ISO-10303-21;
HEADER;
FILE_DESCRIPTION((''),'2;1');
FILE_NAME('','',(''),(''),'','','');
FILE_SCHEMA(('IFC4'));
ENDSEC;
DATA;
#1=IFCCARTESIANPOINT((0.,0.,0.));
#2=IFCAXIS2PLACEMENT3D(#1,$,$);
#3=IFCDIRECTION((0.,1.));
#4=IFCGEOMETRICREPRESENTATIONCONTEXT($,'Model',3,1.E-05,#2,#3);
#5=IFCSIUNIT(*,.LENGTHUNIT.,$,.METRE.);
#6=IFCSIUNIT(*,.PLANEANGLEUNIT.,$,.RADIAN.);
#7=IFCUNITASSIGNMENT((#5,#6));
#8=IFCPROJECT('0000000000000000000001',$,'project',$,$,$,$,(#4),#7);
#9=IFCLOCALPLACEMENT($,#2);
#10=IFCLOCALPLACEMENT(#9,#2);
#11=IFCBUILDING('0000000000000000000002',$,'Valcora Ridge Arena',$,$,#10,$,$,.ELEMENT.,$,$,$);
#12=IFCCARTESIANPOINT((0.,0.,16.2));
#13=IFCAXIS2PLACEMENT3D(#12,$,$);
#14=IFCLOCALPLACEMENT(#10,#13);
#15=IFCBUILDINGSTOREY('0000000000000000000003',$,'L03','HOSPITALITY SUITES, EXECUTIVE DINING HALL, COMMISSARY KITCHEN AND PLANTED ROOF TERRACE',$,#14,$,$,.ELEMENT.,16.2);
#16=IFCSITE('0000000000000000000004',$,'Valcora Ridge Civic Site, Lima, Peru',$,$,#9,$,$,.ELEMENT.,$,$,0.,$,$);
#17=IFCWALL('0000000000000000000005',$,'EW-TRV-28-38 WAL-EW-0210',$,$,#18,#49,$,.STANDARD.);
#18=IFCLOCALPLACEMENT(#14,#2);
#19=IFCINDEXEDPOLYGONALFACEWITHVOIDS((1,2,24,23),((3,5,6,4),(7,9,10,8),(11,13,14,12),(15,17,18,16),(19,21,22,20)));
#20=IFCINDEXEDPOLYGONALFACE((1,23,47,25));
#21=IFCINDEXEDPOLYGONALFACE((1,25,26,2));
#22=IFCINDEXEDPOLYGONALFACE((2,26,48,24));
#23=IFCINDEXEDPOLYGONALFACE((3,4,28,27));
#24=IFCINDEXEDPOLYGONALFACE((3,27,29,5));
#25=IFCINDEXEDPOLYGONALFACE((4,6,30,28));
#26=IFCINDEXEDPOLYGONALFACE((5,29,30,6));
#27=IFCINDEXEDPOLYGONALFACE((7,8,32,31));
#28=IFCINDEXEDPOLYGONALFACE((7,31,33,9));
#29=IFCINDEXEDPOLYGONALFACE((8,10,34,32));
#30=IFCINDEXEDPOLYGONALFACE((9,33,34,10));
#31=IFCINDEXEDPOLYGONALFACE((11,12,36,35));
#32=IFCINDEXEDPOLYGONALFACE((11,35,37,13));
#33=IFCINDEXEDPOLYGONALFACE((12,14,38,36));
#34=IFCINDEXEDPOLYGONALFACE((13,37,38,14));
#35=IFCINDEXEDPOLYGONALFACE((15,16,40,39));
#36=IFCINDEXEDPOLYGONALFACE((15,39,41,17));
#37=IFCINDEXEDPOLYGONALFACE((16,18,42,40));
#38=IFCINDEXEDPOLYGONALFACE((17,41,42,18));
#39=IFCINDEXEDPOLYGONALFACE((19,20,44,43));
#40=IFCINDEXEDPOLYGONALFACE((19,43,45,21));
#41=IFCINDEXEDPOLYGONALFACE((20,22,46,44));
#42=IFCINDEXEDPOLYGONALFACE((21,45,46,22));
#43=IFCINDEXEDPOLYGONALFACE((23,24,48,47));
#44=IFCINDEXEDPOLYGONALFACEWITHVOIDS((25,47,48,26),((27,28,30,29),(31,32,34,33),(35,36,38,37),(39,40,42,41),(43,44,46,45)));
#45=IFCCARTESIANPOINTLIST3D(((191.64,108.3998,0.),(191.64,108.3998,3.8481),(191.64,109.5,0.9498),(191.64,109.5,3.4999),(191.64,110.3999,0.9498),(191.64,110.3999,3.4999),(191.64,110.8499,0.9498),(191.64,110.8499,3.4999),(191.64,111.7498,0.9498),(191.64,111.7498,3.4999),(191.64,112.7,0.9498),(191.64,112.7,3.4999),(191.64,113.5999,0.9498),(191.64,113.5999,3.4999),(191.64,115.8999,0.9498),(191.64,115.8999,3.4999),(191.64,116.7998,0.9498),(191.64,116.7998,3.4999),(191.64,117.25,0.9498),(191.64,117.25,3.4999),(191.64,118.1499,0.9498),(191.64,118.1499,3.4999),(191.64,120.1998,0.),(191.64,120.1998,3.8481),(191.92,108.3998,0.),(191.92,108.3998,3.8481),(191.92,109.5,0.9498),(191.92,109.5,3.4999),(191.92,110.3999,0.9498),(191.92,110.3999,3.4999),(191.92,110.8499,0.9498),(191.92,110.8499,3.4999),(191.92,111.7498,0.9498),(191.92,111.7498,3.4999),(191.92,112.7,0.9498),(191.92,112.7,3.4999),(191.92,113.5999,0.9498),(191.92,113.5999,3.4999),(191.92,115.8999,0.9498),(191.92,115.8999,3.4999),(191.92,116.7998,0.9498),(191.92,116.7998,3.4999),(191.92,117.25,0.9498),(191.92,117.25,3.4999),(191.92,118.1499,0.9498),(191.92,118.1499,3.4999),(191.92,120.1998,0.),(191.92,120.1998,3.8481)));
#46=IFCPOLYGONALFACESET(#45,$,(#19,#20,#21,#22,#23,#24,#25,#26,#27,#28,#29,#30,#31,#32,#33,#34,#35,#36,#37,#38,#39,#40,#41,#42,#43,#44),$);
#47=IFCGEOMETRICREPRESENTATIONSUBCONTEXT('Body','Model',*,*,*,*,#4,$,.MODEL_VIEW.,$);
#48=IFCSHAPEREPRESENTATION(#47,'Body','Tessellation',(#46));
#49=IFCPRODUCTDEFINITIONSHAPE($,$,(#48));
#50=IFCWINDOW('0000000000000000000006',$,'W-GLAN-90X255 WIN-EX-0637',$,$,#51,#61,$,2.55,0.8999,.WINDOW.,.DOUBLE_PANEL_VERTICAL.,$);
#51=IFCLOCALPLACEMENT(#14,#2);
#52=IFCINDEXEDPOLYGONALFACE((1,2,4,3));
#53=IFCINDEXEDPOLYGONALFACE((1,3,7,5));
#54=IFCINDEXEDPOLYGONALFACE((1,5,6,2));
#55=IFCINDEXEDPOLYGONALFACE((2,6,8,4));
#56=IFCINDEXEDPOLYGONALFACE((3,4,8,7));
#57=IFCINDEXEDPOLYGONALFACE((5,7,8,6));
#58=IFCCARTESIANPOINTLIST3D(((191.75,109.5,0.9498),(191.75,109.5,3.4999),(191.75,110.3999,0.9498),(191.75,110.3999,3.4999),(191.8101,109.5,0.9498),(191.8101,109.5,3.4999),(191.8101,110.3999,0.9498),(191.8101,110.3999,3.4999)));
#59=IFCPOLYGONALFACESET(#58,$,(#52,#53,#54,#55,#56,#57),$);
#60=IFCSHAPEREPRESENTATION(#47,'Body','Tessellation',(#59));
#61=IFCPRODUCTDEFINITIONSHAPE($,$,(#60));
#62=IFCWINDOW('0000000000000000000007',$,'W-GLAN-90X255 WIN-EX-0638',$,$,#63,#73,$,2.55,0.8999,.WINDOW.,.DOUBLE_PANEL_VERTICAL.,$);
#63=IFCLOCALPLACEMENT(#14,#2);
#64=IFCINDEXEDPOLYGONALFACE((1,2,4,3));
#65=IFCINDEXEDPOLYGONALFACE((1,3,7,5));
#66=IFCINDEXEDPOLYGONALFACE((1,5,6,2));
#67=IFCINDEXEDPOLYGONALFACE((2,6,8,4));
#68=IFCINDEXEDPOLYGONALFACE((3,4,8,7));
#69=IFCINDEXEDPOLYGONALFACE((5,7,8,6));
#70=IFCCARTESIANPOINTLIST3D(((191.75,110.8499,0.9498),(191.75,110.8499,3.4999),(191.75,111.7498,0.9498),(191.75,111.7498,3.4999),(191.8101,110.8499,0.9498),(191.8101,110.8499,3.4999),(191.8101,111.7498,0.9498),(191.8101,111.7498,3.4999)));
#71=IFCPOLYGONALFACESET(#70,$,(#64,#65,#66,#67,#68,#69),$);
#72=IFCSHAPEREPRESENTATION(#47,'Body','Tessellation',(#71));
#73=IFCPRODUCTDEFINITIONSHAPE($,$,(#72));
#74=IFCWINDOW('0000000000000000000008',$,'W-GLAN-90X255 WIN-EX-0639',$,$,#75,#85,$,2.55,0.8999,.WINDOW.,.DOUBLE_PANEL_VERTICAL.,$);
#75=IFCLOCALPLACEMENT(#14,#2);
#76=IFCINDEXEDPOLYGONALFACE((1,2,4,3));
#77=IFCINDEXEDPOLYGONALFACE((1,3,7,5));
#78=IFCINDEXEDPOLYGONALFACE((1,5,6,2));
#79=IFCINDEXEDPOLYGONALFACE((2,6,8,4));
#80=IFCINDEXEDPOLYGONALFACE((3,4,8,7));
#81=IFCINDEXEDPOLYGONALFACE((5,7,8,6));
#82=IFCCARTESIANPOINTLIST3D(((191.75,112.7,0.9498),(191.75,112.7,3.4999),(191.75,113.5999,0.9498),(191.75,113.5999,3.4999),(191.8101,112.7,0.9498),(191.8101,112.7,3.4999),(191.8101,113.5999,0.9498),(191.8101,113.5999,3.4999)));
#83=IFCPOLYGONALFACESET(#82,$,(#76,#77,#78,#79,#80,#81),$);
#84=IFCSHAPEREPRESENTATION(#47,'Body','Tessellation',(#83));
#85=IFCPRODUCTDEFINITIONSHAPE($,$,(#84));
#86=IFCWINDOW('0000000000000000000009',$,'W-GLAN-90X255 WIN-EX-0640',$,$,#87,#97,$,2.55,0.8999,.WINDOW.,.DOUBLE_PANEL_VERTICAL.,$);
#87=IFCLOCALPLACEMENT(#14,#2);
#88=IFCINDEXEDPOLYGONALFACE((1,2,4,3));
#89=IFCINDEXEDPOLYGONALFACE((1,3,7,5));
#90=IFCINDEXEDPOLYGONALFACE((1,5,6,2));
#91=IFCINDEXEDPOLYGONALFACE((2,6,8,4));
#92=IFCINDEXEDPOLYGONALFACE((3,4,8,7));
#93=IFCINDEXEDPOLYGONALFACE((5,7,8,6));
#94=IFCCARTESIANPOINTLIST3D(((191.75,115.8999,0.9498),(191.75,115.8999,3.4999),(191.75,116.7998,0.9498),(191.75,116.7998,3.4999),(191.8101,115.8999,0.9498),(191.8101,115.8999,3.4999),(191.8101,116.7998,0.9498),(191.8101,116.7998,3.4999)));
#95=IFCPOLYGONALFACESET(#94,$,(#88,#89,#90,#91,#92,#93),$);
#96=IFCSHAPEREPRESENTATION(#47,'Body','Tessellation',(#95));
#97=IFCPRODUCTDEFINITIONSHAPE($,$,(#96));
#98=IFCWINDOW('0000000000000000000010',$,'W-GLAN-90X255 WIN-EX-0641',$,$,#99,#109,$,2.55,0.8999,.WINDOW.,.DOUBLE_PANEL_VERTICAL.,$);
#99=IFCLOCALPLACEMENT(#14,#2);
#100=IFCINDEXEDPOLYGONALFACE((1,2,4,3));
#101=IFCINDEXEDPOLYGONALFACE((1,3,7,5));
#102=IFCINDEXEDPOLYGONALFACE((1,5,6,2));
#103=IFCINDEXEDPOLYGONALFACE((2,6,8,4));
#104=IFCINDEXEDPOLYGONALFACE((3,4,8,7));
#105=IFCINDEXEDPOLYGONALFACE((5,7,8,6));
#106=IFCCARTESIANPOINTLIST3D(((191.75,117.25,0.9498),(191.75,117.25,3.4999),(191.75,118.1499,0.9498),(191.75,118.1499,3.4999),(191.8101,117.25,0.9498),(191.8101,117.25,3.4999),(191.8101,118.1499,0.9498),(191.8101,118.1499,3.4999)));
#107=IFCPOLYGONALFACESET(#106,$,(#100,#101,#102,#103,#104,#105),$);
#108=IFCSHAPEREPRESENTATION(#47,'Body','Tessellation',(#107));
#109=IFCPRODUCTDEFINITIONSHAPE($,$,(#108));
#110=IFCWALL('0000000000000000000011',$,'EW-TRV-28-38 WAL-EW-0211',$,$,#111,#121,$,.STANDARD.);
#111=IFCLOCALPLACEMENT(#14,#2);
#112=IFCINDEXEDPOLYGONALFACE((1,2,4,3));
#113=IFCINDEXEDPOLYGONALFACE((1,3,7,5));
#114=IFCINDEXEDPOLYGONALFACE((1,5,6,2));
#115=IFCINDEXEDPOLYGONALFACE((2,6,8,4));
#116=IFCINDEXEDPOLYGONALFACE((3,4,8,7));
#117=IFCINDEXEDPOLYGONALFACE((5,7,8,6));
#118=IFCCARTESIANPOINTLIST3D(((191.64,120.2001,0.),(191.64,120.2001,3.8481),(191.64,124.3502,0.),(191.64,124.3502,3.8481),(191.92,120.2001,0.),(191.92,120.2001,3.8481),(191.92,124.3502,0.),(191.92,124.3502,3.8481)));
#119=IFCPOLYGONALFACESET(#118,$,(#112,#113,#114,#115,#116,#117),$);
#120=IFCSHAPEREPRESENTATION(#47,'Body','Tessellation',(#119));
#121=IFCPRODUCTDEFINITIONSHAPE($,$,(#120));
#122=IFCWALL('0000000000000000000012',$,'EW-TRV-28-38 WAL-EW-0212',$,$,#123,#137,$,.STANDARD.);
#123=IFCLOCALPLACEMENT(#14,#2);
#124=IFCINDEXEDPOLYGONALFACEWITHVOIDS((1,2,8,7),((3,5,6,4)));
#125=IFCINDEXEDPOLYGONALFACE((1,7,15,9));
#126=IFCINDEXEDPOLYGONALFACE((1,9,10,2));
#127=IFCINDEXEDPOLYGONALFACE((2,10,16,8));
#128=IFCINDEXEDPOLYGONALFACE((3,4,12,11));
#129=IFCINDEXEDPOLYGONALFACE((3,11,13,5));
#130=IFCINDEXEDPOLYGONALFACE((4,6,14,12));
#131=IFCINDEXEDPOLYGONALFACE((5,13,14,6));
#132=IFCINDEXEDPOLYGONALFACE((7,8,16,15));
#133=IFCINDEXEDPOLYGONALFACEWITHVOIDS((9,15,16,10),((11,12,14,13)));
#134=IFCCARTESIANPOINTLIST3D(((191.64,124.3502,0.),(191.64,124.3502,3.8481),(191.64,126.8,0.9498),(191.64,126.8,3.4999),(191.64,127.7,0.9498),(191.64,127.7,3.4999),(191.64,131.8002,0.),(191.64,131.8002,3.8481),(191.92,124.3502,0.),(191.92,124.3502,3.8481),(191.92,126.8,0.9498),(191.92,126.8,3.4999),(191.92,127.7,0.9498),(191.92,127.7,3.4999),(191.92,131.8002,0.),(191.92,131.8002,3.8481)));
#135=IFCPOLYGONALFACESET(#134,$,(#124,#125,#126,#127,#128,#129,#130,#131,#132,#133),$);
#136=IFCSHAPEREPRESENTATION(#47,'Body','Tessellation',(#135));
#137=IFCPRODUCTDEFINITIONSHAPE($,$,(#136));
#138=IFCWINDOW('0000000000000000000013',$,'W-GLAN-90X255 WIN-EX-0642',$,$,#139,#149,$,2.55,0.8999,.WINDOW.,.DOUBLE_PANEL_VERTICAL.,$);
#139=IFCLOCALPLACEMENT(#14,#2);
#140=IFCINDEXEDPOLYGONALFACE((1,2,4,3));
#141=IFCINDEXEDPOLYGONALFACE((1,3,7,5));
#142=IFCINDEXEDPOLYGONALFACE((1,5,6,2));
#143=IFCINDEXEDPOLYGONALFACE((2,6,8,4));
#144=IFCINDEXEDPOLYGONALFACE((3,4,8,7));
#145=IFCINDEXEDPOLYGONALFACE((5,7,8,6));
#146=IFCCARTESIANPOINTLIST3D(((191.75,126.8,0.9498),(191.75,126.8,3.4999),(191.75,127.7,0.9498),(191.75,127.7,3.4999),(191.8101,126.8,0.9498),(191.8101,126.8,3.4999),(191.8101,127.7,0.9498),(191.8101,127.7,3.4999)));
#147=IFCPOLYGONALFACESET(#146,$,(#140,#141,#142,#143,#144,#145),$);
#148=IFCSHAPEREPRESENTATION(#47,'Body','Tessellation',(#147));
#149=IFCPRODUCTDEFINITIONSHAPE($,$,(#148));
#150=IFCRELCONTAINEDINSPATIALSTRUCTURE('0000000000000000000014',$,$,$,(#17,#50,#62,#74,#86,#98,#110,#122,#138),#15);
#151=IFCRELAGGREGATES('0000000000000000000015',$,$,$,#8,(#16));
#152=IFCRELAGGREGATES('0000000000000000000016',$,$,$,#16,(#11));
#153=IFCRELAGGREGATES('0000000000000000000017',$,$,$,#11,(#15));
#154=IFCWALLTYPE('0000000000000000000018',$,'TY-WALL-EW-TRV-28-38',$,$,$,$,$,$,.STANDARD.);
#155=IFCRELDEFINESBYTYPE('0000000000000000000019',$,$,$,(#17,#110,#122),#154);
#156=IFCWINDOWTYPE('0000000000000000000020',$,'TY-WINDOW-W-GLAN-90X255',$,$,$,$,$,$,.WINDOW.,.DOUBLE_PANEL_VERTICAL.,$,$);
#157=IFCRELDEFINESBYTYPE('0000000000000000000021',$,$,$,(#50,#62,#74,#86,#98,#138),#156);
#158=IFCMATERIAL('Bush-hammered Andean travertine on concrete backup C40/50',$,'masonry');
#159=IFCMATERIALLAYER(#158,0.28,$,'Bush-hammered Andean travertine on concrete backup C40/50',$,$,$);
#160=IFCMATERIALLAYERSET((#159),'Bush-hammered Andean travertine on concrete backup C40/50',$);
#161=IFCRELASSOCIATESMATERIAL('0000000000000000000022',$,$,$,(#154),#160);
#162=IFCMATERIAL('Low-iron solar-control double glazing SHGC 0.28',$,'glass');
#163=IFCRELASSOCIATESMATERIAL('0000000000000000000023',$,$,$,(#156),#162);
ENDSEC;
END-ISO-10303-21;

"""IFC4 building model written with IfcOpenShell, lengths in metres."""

from ifc_helpers import new_model, si_unit, direction, frame, frame_2d, origin, place, context, subcontext, project, spatial, rectangle, extrude, material, layer, layer_set, type_object, element, fill, save


model = new_model("IFC4")

# Units and contexts
model_context = context("Model", 3, precision=1e-05, world=origin(), true_north=direction((0.0, 1.0)))
body_context = subcontext(model_context, "Body", "Model", "MODEL_VIEW")
ifc_project = project(units=[si_unit("LENGTHUNIT", "METRE"), si_unit("PLANEANGLEUNIT", "RADIAN")], contexts=[model_context])

# Site, building, storey
site_placement = place(None, origin())
site = spatial("IfcSite", under=ifc_project, at=site_placement, Name="Valcora Ridge Civic Site, Lima, Peru", CompositionType="ELEMENT", RefElevation=0.0)
building_placement = place(site_placement, origin())
building = spatial("IfcBuilding", under=site, at=building_placement, Name="Valcora Ridge Arena", CompositionType="ELEMENT")
storey_placement = place(building_placement, frame((0.0, 0.0, 16.2)))
storey = spatial("IfcBuildingStorey", under=building, at=storey_placement, Name="L03", Description="HOSPITALITY SUITES, EXECUTIVE DINING HALL, COMMISSARY KITCHEN AND PLANTED ROOF TERRACE", CompositionType="ELEMENT", Elevation=16.2)

# Wall, openings, windows
ifc_material_1 = material(Name="Bush-hammered Andean travertine on concrete backup C40/50", Category="masonry")
ifc_layer = layer(ifc_material_1, 0.28, Name="Bush-hammered Andean travertine on concrete backup C40/50")
ifc_layer_set = layer_set([ifc_layer], Name="Bush-hammered Andean travertine on concrete backup C40/50")
wall_type = type_object("IfcWallType", Name="TY-WALL-EW-TRV-28-38", PredefinedType="STANDARD", material=ifc_layer_set)
ifc_material_2 = material(Name="Low-iron solar-control double glazing SHGC 0.28", Category="glass")
window_type = type_object("IfcWindowType", Name="TY-WINDOW-W-GLAN-90X255", PartitioningType="DOUBLE_PANEL_VERTICAL", PredefinedType="WINDOW", material=ifc_material_2)
wall_1_placement = place(storey_placement, frame((191.78, 108.3999, 0.0), z_axis=(0.0, 0.0, 1.0), x_axis=(0.0, 1.0, 0.0)))
wall_1 = element("IfcWall", 1, at=wall_1_placement, inside=storey, type_object=wall_type, Name="EW-TRV-28-38 WAL-EW-0210", PredefinedType="STANDARD", context=body_context, shape_type="SweptSolid", body=[
    extrude(rectangle(XDim=11.8, YDim=0.28, at=frame_2d((5.8999, 0.0))), origin(), (0.0, 0.0, 1.0), 3.8481),
])
opening_1_placement = place(wall_1_placement, frame((1.1001, 0.0, 0.95)))
opening_1 = element("IfcOpeningElement", 2, at=opening_1_placement, cuts=wall_1, PredefinedType="OPENING", context=body_context, shape_type="SweptSolid", body=[
    extrude(rectangle(XDim=0.8999, YDim=2.55, at=frame_2d((0.45, 1.2749))), frame((0.0, 0.1499, 0.0), z_axis=(0.0, -1.0, 0.0), x_axis=(1.0, 0.0, 0.0)), (0.0, 0.0, 1.0), 0.3),
])
opening_2_placement = place(wall_1_placement, frame((2.45, 0.0, 0.95)))
opening_2 = element("IfcOpeningElement", 3, at=opening_2_placement, cuts=wall_1, PredefinedType="OPENING", context=body_context, shape_type="SweptSolid", body=[
    extrude(rectangle(XDim=0.8999, YDim=2.55, at=frame_2d((0.45, 1.2749))), frame((0.0, 0.1499, 0.0), z_axis=(0.0, -1.0, 0.0), x_axis=(1.0, 0.0, 0.0)), (0.0, 0.0, 1.0), 0.3),
])
opening_3_placement = place(wall_1_placement, frame((4.3, 0.0, 0.95)))
opening_3 = element("IfcOpeningElement", 4, at=opening_3_placement, cuts=wall_1, PredefinedType="OPENING", context=body_context, shape_type="SweptSolid", body=[
    extrude(rectangle(XDim=0.8999, YDim=2.55, at=frame_2d((0.45, 1.2749))), frame((0.0, 0.1499, 0.0), z_axis=(0.0, -1.0, 0.0), x_axis=(1.0, 0.0, 0.0)), (0.0, 0.0, 1.0), 0.3),
])
opening_4_placement = place(wall_1_placement, frame((7.5, 0.0, 0.95)))
opening_4 = element("IfcOpeningElement", 5, at=opening_4_placement, cuts=wall_1, PredefinedType="OPENING", context=body_context, shape_type="SweptSolid", body=[
    extrude(rectangle(XDim=0.8999, YDim=2.55, at=frame_2d((0.45, 1.2749))), frame((0.0, 0.1499, 0.0), z_axis=(0.0, -1.0, 0.0), x_axis=(1.0, 0.0, 0.0)), (0.0, 0.0, 1.0), 0.3),
])
opening_5_placement = place(wall_1_placement, frame((8.8501, 0.0, 0.95)))
opening_5 = element("IfcOpeningElement", 6, at=opening_5_placement, cuts=wall_1, PredefinedType="OPENING", context=body_context, shape_type="SweptSolid", body=[
    extrude(rectangle(XDim=0.8999, YDim=2.55, at=frame_2d((0.45, 1.2749))), frame((0.0, 0.1499, 0.0), z_axis=(0.0, -1.0, 0.0), x_axis=(1.0, 0.0, 0.0)), (0.0, 0.0, 1.0), 0.3),
])
window_1_placement = place(opening_1_placement, origin())
window_1 = element("IfcWindow", 7, at=window_1_placement, inside=storey, type_object=window_type, Name="W-GLAN-90X255 WIN-EX-0637", OverallHeight=2.55, OverallWidth=0.8999, PartitioningType="DOUBLE_PANEL_VERTICAL", PredefinedType="WINDOW", context=body_context, shape_type="SweptSolid", body=[
    extrude(rectangle(XDim=0.8999, YDim=2.55, at=frame_2d((0.45, 1.2749))), frame((0.0, 0.03, 0.0), z_axis=(0.0, -1.0, 0.0), x_axis=(1.0, 0.0, 0.0)), (0.0, 0.0, 1.0), 0.0601),
])
fill(opening_1, window_1)
window_2_placement = place(opening_2_placement, origin())
window_2 = element("IfcWindow", 8, at=window_2_placement, inside=storey, type_object=window_type, Name="W-GLAN-90X255 WIN-EX-0638", OverallHeight=2.55, OverallWidth=0.8999, PartitioningType="DOUBLE_PANEL_VERTICAL", PredefinedType="WINDOW", context=body_context, shape_type="SweptSolid", body=[
    extrude(rectangle(XDim=0.8999, YDim=2.55, at=frame_2d((0.45, 1.2749))), frame((0.0, 0.03, 0.0), z_axis=(0.0, -1.0, 0.0), x_axis=(1.0, 0.0, 0.0)), (0.0, 0.0, 1.0), 0.0601),
])
fill(opening_2, window_2)
window_3_placement = place(opening_3_placement, origin())
window_3 = element("IfcWindow", 9, at=window_3_placement, inside=storey, type_object=window_type, Name="W-GLAN-90X255 WIN-EX-0639", OverallHeight=2.55, OverallWidth=0.8999, PartitioningType="DOUBLE_PANEL_VERTICAL", PredefinedType="WINDOW", context=body_context, shape_type="SweptSolid", body=[
    extrude(rectangle(XDim=0.8999, YDim=2.55, at=frame_2d((0.45, 1.2749))), frame((0.0, 0.03, 0.0), z_axis=(0.0, -1.0, 0.0), x_axis=(1.0, 0.0, 0.0)), (0.0, 0.0, 1.0), 0.0601),
])
fill(opening_3, window_3)
window_4_placement = place(opening_4_placement, origin())
window_4 = element("IfcWindow", 10, at=window_4_placement, inside=storey, type_object=window_type, Name="W-GLAN-90X255 WIN-EX-0640", OverallHeight=2.55, OverallWidth=0.8999, PartitioningType="DOUBLE_PANEL_VERTICAL", PredefinedType="WINDOW", context=body_context, shape_type="SweptSolid", body=[
    extrude(rectangle(XDim=0.8999, YDim=2.55, at=frame_2d((0.45, 1.2749))), frame((0.0, 0.03, 0.0), z_axis=(0.0, -1.0, 0.0), x_axis=(1.0, 0.0, 0.0)), (0.0, 0.0, 1.0), 0.0601),
])
fill(opening_4, window_4)
window_5_placement = place(opening_5_placement, origin())
window_5 = element("IfcWindow", 11, at=window_5_placement, inside=storey, type_object=window_type, Name="W-GLAN-90X255 WIN-EX-0641", OverallHeight=2.55, OverallWidth=0.8999, PartitioningType="DOUBLE_PANEL_VERTICAL", PredefinedType="WINDOW", context=body_context, shape_type="SweptSolid", body=[
    extrude(rectangle(XDim=0.8999, YDim=2.55, at=frame_2d((0.45, 1.2749))), frame((0.0, 0.03, 0.0), z_axis=(0.0, -1.0, 0.0), x_axis=(1.0, 0.0, 0.0)), (0.0, 0.0, 1.0), 0.0601),
])
fill(opening_5, window_5)

# Wall
wall_2_placement = place(storey_placement, frame((191.78, 120.2, 0.0), z_axis=(0.0, 0.0, 1.0), x_axis=(0.0, 1.0, 0.0)))
element("IfcWall", 12, at=wall_2_placement, inside=storey, type_object=wall_type, Name="EW-TRV-28-38 WAL-EW-0211", PredefinedType="STANDARD", context=body_context, shape_type="SweptSolid", body=[
    extrude(rectangle(XDim=4.1501, YDim=0.28, at=frame_2d((2.0752, 0.0))), origin(), (0.0, 0.0, 1.0), 3.8481),
])

# Wall, opening, window
wall_3_placement = place(storey_placement, frame((191.78, 124.3501, 0.0), z_axis=(0.0, 0.0, 1.0), x_axis=(0.0, 1.0, 0.0)))
wall_3 = element("IfcWall", 13, at=wall_3_placement, inside=storey, type_object=wall_type, Name="EW-TRV-28-38 WAL-EW-0212", PredefinedType="STANDARD", context=body_context, shape_type="SweptSolid", body=[
    extrude(rectangle(XDim=7.45, YDim=0.28, at=frame_2d((3.7251, 0.0))), origin(), (0.0, 0.0, 1.0), 3.8481),
])
opening_6_placement = place(wall_3_placement, frame((2.45, 0.0, 0.95)))
opening_6 = element("IfcOpeningElement", 14, at=opening_6_placement, cuts=wall_3, PredefinedType="OPENING", context=body_context, shape_type="SweptSolid", body=[
    extrude(rectangle(XDim=0.8999, YDim=2.55, at=frame_2d((0.45, 1.2749))), frame((0.0, 0.1499, 0.0), z_axis=(0.0, -1.0, 0.0), x_axis=(1.0, 0.0, 0.0)), (0.0, 0.0, 1.0), 0.3),
])
window_6_placement = place(opening_6_placement, origin())
window_6 = element("IfcWindow", 15, at=window_6_placement, inside=storey, type_object=window_type, Name="W-GLAN-90X255 WIN-EX-0642", OverallHeight=2.55, OverallWidth=0.8999, PartitioningType="DOUBLE_PANEL_VERTICAL", PredefinedType="WINDOW", context=body_context, shape_type="SweptSolid", body=[
    extrude(rectangle(XDim=0.8999, YDim=2.55, at=frame_2d((0.45, 1.2749))), frame((0.0, 0.03, 0.0), z_axis=(0.0, -1.0, 0.0), x_axis=(1.0, 0.0, 0.0)), (0.0, 0.0, 1.0), 0.0601),
])
fill(opening_6, window_6)

save(model, "model.ifc")
